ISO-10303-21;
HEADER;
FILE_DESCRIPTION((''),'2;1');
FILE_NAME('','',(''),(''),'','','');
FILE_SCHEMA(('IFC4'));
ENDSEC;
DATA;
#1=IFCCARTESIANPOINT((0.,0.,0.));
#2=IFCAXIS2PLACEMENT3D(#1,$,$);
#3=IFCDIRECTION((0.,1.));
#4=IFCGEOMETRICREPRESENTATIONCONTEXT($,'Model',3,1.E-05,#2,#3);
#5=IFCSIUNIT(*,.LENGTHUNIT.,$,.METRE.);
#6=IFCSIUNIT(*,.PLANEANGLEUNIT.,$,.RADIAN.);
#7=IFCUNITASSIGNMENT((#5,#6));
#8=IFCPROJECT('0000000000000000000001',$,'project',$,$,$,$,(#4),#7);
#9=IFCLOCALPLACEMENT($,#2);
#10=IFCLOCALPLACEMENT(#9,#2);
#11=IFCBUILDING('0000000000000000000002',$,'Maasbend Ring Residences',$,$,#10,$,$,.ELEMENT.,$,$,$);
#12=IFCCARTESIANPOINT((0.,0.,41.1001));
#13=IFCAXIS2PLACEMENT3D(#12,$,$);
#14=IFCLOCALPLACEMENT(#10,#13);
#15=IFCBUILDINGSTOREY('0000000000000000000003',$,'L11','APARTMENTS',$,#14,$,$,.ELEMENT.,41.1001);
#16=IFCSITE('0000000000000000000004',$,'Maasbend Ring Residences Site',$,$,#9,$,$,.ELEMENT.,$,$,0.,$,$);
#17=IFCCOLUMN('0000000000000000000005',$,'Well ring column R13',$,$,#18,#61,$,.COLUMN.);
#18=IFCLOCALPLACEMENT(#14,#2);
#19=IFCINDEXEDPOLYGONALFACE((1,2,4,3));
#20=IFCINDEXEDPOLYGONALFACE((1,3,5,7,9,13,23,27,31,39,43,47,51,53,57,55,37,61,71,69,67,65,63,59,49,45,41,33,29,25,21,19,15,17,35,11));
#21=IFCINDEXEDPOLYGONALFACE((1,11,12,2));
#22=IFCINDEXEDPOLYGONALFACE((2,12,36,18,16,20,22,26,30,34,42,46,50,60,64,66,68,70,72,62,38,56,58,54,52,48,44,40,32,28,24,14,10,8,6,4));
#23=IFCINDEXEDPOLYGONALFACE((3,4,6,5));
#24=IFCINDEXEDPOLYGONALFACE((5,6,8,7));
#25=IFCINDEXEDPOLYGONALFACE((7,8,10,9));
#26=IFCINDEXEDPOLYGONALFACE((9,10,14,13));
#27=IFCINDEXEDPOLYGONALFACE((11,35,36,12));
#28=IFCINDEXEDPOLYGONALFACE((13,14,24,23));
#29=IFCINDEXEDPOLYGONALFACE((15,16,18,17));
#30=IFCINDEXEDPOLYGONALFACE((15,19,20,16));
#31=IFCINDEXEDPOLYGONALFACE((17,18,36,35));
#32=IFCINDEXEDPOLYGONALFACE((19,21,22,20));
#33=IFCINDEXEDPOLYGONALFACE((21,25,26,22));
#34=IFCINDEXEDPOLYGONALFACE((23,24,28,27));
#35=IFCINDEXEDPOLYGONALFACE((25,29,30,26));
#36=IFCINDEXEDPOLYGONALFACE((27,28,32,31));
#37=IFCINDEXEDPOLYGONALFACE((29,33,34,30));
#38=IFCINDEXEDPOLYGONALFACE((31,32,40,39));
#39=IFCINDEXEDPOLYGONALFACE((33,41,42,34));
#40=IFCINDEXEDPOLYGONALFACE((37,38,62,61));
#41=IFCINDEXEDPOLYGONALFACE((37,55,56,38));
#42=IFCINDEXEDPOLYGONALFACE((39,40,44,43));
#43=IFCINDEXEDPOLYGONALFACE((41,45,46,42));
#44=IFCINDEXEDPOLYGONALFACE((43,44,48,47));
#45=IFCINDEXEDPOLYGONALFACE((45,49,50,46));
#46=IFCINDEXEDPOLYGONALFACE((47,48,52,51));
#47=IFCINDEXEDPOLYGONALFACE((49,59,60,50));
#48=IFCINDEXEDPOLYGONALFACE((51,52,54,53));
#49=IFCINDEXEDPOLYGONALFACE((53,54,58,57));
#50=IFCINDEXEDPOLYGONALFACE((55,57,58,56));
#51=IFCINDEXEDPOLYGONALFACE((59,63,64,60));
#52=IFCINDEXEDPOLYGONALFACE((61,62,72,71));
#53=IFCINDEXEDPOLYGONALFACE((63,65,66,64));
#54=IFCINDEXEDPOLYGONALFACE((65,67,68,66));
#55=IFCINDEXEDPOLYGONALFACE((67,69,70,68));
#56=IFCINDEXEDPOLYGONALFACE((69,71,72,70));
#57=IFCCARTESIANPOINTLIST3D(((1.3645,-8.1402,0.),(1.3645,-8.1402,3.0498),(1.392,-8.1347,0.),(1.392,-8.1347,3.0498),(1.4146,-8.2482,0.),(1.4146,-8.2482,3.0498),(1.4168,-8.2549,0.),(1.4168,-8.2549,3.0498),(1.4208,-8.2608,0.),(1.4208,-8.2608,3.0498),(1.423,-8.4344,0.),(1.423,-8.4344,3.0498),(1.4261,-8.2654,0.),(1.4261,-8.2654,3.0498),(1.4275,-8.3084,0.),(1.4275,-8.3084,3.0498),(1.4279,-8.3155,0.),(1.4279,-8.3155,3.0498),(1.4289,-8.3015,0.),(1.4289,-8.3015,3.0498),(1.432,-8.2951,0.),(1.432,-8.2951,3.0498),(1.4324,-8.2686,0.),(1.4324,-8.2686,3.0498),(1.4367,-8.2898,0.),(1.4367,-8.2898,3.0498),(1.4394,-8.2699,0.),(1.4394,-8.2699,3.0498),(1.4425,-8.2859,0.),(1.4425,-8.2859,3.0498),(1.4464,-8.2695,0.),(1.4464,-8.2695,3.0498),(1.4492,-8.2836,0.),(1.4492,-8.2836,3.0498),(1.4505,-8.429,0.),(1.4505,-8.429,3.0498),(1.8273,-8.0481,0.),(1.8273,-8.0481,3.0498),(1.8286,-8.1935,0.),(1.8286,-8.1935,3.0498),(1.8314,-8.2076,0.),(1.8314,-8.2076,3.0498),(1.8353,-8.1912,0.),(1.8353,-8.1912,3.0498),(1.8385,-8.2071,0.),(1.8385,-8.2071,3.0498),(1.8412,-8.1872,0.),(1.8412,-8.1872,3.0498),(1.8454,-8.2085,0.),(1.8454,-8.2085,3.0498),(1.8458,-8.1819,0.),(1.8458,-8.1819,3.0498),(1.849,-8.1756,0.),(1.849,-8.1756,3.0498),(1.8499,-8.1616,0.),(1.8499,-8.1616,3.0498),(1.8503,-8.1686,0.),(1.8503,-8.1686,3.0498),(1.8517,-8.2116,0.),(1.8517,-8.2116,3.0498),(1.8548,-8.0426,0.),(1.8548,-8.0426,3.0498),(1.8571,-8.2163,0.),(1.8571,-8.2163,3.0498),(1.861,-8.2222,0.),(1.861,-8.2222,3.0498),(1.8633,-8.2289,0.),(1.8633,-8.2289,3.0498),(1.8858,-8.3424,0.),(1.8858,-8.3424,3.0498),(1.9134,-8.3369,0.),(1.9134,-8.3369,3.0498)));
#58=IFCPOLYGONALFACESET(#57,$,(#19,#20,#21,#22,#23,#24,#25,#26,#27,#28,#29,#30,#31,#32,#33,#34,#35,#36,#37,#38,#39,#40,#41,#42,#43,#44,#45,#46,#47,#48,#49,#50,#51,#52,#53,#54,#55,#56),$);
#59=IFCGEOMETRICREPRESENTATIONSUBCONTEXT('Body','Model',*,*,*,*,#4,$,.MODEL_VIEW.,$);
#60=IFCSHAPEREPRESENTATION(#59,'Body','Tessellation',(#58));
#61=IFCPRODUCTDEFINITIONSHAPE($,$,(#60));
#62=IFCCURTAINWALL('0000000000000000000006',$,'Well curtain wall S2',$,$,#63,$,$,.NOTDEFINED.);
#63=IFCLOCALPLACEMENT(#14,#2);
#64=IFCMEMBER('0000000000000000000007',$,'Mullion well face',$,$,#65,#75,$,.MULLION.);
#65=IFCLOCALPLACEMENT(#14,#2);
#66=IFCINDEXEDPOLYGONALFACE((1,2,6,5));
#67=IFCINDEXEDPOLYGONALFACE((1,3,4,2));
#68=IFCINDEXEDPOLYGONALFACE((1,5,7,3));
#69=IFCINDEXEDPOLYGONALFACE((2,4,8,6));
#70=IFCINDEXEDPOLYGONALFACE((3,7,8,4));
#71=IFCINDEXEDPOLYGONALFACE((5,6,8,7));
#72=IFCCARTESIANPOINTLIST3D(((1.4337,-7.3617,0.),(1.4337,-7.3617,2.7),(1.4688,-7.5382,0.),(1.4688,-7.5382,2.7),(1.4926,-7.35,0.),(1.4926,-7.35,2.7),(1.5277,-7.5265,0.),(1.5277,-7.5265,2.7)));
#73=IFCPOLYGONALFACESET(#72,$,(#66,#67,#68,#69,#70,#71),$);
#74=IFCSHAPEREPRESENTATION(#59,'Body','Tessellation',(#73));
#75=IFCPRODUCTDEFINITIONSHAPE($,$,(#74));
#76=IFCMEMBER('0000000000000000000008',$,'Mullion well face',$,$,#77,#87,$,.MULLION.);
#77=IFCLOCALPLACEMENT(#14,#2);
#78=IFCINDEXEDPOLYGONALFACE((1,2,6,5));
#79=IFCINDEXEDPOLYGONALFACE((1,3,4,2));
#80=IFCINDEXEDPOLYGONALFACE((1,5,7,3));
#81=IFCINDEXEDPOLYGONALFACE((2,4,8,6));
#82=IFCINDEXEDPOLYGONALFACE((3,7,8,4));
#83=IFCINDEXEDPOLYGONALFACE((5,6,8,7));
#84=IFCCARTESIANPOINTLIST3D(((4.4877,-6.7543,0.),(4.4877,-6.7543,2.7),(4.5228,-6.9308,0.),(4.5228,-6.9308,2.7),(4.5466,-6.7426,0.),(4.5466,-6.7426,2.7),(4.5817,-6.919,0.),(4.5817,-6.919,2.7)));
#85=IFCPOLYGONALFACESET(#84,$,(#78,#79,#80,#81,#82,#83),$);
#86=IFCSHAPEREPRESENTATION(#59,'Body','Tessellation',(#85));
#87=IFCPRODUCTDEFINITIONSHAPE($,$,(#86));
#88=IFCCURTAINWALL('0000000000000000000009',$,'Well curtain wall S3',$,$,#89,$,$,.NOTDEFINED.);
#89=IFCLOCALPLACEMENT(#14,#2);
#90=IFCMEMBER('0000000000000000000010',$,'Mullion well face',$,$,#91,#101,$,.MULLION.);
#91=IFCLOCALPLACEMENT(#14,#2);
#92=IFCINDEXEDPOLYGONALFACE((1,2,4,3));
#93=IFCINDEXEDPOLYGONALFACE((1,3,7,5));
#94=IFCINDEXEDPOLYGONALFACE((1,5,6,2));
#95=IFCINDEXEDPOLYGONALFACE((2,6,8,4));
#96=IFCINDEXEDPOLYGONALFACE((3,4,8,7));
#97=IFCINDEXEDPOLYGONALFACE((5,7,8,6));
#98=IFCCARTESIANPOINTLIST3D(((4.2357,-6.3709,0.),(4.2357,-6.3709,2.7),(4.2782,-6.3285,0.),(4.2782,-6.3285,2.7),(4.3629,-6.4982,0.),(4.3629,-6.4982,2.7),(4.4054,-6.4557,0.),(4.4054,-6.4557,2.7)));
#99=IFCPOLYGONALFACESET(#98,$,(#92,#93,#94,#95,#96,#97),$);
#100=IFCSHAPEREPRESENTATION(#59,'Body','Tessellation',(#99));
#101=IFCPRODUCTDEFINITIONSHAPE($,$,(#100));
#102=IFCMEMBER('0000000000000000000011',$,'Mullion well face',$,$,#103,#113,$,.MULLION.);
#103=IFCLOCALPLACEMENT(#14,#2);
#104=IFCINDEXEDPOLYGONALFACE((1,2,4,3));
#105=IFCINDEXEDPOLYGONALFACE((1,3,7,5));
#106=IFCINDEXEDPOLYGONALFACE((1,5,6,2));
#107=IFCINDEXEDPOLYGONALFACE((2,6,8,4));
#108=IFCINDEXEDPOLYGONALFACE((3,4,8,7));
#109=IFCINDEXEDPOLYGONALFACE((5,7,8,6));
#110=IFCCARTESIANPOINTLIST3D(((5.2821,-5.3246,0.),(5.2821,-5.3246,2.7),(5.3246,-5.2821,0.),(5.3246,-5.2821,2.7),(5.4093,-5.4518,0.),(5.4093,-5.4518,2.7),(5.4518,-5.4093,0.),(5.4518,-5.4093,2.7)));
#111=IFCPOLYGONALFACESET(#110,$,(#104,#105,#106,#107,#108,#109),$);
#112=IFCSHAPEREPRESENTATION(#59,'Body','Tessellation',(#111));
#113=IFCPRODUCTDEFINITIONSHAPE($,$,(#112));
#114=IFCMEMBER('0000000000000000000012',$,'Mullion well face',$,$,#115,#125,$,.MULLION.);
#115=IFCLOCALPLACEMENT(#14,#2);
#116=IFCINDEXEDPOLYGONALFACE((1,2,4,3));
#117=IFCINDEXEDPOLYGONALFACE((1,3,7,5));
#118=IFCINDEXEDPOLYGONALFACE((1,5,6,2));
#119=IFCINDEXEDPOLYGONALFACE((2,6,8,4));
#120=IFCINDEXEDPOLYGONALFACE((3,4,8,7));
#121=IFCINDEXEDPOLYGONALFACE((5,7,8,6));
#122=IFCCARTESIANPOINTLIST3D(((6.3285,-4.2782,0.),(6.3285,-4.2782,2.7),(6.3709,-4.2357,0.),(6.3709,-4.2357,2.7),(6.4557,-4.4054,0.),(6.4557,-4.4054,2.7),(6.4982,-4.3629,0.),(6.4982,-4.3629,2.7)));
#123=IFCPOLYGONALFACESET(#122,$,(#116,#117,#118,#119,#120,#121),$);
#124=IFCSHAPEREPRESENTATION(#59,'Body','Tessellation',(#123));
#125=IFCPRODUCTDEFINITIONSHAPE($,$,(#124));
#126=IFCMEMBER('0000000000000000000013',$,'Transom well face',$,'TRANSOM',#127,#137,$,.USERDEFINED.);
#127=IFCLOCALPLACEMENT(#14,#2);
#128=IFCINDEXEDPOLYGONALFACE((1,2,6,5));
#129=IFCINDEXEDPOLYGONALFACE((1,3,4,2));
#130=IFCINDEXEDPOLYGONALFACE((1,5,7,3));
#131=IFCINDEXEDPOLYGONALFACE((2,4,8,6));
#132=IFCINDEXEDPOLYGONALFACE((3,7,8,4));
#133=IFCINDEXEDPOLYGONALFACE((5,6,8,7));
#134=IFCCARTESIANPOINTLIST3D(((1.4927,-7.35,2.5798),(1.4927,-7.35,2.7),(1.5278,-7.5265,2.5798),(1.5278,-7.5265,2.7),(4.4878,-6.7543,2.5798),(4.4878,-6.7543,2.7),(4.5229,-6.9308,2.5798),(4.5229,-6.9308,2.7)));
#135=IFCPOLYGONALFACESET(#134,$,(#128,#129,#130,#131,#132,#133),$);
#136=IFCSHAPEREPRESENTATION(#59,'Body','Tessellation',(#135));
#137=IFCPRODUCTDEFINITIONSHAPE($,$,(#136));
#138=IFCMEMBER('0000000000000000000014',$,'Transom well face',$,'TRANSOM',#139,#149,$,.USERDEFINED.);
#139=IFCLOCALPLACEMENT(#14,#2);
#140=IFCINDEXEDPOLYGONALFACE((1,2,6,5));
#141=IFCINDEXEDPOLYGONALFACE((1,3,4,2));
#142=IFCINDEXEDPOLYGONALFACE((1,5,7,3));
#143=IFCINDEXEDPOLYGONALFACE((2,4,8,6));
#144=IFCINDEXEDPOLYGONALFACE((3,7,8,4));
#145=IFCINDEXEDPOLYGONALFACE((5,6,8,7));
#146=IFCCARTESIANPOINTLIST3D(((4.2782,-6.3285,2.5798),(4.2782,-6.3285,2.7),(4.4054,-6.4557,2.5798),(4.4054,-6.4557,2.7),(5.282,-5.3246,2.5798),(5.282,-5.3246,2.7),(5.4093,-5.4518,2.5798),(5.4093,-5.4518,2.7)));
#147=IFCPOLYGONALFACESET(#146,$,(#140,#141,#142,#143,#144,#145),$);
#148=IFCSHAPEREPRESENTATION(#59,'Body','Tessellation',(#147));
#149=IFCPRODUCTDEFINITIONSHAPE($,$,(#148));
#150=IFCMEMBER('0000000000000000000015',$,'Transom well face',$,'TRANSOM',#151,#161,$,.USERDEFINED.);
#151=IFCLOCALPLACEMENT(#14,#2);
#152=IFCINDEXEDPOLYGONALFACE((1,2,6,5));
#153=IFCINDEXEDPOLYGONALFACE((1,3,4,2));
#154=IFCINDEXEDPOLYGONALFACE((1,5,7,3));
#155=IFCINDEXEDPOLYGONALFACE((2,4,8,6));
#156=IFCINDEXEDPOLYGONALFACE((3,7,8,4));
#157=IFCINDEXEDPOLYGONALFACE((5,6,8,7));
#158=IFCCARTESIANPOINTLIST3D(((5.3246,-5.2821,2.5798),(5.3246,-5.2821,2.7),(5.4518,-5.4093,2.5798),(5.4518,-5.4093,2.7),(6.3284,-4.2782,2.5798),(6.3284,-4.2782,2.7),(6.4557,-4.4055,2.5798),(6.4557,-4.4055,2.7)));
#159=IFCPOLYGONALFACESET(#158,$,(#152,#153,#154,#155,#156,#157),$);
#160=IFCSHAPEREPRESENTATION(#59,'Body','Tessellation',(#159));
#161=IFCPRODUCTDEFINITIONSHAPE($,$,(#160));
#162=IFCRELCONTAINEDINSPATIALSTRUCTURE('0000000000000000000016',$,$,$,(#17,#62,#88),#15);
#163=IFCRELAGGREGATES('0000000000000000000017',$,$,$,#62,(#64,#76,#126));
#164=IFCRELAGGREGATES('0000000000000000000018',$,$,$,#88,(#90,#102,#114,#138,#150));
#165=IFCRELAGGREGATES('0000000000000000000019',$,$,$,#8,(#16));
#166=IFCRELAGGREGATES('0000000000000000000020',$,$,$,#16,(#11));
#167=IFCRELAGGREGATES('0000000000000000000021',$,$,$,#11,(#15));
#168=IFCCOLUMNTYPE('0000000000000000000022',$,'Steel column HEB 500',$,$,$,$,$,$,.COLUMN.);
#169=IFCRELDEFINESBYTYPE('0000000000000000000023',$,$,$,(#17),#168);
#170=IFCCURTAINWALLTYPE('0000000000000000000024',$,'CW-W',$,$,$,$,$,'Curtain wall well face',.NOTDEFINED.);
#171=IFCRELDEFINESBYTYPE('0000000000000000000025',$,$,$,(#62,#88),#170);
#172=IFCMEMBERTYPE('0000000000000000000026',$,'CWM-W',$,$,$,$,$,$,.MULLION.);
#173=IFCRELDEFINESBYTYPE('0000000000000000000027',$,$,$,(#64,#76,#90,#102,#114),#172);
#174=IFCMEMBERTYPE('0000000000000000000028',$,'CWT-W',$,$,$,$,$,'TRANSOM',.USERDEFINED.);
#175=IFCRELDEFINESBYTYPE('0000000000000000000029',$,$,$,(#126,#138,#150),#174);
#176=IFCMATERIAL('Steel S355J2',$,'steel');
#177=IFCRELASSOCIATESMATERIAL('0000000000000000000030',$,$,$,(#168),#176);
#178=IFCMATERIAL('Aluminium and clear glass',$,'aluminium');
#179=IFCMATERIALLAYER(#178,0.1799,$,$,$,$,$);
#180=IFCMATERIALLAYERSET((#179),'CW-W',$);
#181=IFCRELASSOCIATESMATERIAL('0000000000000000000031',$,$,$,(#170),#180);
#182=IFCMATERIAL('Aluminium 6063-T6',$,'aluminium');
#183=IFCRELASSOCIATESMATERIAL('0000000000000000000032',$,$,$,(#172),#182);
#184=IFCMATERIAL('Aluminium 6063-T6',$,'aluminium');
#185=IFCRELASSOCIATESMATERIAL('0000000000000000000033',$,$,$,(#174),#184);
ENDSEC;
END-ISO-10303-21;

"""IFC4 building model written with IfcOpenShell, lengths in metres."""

from ifc_helpers import new_model, si_unit, direction, frame, origin, origin_2d, place, context, subcontext, project, spatial, rectangle, i_section, extrude, material, layer, layer_set, material_profile, profile_set, type_object, element, aggregate, save


model = new_model("IFC4")

# Units and contexts
model_context = context("Model", 3, precision=1e-05, world=origin(), true_north=direction((0.0, 1.0)))
body_context = subcontext(model_context, "Body", "Model", "MODEL_VIEW")
ifc_project = project(units=[si_unit("LENGTHUNIT", "METRE"), si_unit("PLANEANGLEUNIT", "RADIAN")], contexts=[model_context])

# Site, building, storey
site_placement = place(None, origin())
site = spatial("IfcSite", under=ifc_project, at=site_placement, Name="Maasbend Ring Residences Site", CompositionType="ELEMENT", RefElevation=0.0)
building_placement = place(site_placement, origin())
building = spatial("IfcBuilding", under=site, at=building_placement, Name="Maasbend Ring Residences", CompositionType="ELEMENT")
storey_placement = place(building_placement, frame((0.0, 0.0, 41.1001)))
storey = spatial("IfcBuildingStorey", under=building, at=storey_placement, Name="L11", Description="APARTMENTS", CompositionType="ELEMENT", Elevation=41.1001)

# Column
ifc_material_1 = material(Name="Steel S355J2", Category="steel")
ifc_material_profile_1 = material_profile(ifc_material_1, i_section(OverallWidth=0.3, OverallDepth=0.5, WebThickness=0.0144, FlangeThickness=0.0281, FilletRadius=0.0271, at=origin_2d()), Name="HEB 500")
ifc_profile_set_1 = profile_set([ifc_material_profile_1], Name="Steel S355J2")
column_type = type_object("IfcColumnType", Name="Steel column HEB 500", PredefinedType="COLUMN", material=ifc_profile_set_1)
column_placement = place(storey_placement, frame((1.6389, -8.2385, 0.0), z_axis=(0.0, 0.0, 1.0), x_axis=(0.19509, -0.980785, 0.0)))
element("IfcColumn", 1, at=column_placement, inside=storey, type_object=column_type, Name="Well ring column R13", PredefinedType="COLUMN", context=body_context, shape_type="SweptSolid", body=[
    extrude(i_section(OverallWidth=0.3, OverallDepth=0.5, WebThickness=0.0144, FlangeThickness=0.0281, FilletRadius=0.0271, at=origin_2d()), origin(), (0.0, 0.0, 1.0), 3.0498),
])

# Curtain walls, members
ifc_material_2 = material(Name="Aluminium and clear glass", Category="aluminium")
ifc_layer_1 = layer(ifc_material_2, 0.1799)
ifc_layer_set_1 = layer_set([ifc_layer_1], Name="CW-W")
curtain_wall_type = type_object("IfcCurtainWallType", Name="CW-W", ElementType="Curtain wall well face", PredefinedType="NOTDEFINED", material=ifc_layer_set_1)
curtain_wall_1_placement = place(storey_placement, origin())
curtain_wall_1 = element("IfcCurtainWall", 2, at=curtain_wall_1_placement, inside=storey, type_object=curtain_wall_type, Name="Well curtain wall S2", PredefinedType="NOTDEFINED")
ifc_material_3 = material(Name="Aluminium 6063-T6", Category="aluminium")
ifc_material_profile_2 = material_profile(ifc_material_3, rectangle(XDim=0.1799, YDim=0.0601, at=origin_2d()), Name="AL 180x60")
ifc_profile_set_2 = profile_set([ifc_material_profile_2], Name="Aluminium 6063-T6")
member_type_1 = type_object("IfcMemberType", Name="CWM-W", PredefinedType="MULLION", material=ifc_profile_set_2)
member_1_placement = place(storey_placement, frame((1.4807, -7.4441, 0.0), z_axis=(0.0, 0.0, 1.0), x_axis=(-0.19509, 0.980785, 0.0)))
member_1 = element("IfcMember", 3, at=member_1_placement, type_object=member_type_1, Name="Mullion well face", PredefinedType="MULLION", context=body_context, shape_type="SweptSolid", body=[
    extrude(rectangle(XDim=0.1799, YDim=0.0601, at=origin_2d()), origin(), (0.0, 0.0, 1.0), 2.7),
])
member_2_placement = place(storey_placement, frame((4.5347, -6.8367, 0.0), z_axis=(0.0, 0.0, 1.0), x_axis=(-0.19509, 0.980785, 0.0)))
member_2 = element("IfcMember", 4, at=member_2_placement, type_object=member_type_1, Name="Mullion well face", PredefinedType="MULLION", context=body_context, shape_type="SweptSolid", body=[
    extrude(rectangle(XDim=0.1799, YDim=0.0601, at=origin_2d()), origin(), (0.0, 0.0, 1.0), 2.7),
])
curtain_wall_2_placement = place(storey_placement, origin())
curtain_wall_2 = element("IfcCurtainWall", 5, at=curtain_wall_2_placement, inside=storey, type_object=curtain_wall_type, Name="Well curtain wall S3", PredefinedType="NOTDEFINED")
member_3_placement = place(storey_placement, frame((4.3206, -6.4133, 0.0), z_axis=(0.0, 0.0, 1.0), x_axis=(-0.707107, 0.707107, 0.0)))
member_3 = element("IfcMember", 6, at=member_3_placement, type_object=member_type_1, Name="Mullion well face", PredefinedType="MULLION", context=body_context, shape_type="SweptSolid", body=[
    extrude(rectangle(XDim=0.1799, YDim=0.0601, at=origin_2d()), origin(), (0.0, 0.0, 1.0), 2.7),
])
member_4_placement = place(storey_placement, frame((5.3669, -5.3669, 0.0), z_axis=(0.0, 0.0, 1.0), x_axis=(-0.707107, 0.707107, 0.0)))
member_4 = element("IfcMember", 7, at=member_4_placement, type_object=member_type_1, Name="Mullion well face", PredefinedType="MULLION", context=body_context, shape_type="SweptSolid", body=[
    extrude(rectangle(XDim=0.1799, YDim=0.0601, at=origin_2d()), origin(), (0.0, 0.0, 1.0), 2.7),
])
member_5_placement = place(storey_placement, frame((6.4133, -4.3206, 0.0), z_axis=(0.0, 0.0, 1.0), x_axis=(-0.707107, 0.707107, 0.0)))
member_5 = element("IfcMember", 8, at=member_5_placement, type_object=member_type_1, Name="Mullion well face", PredefinedType="MULLION", context=body_context, shape_type="SweptSolid", body=[
    extrude(rectangle(XDim=0.1799, YDim=0.0601, at=origin_2d()), origin(), (0.0, 0.0, 1.0), 2.7),
])

# Members
ifc_material_4 = material(Name="Aluminium 6063-T6", Category="aluminium")
ifc_material_profile_3 = material_profile(ifc_material_4, rectangle(XDim=0.1799, YDim=0.1201, at=origin_2d()), Name="AL 180x120")
ifc_profile_set_3 = profile_set([ifc_material_profile_3], Name="Aluminium 6063-T6")
member_type_2 = type_object("IfcMemberType", Name="CWT-W", ElementType="TRANSOM", PredefinedType="USERDEFINED", material=ifc_profile_set_3)
member_6_placement = place(storey_placement, frame((1.5103, -7.4382, 2.6399), z_axis=(0.980789, 0.195071, 0.0), x_axis=(-0.195071, 0.980789, 0.0)))
member_6 = element("IfcMember", 9, at=member_6_placement, type_object=member_type_2, Name="Transom well face", ObjectType="TRANSOM", PredefinedType="USERDEFINED", context=body_context, shape_type="SweptSolid", body=[
    extrude(rectangle(XDim=0.1799, YDim=0.1201, at=origin_2d()), origin(), (0.0, 0.0, 1.0), 3.0537),
])
member_7_placement = place(storey_placement, frame((4.3418, -6.3921, 2.6399), z_axis=(0.707107, 0.707107, 0.0), x_axis=(-0.707107, 0.707107, 0.0)))
member_7 = element("IfcMember", 10, at=member_7_placement, type_object=member_type_2, Name="Transom well face", ObjectType="TRANSOM", PredefinedType="USERDEFINED", context=body_context, shape_type="SweptSolid", body=[
    extrude(rectangle(XDim=0.1799, YDim=0.1201, at=origin_2d()), origin(), (0.0, 0.0, 1.0), 1.4197),
])
member_8_placement = place(storey_placement, frame((5.3882, -5.3457, 2.6399), z_axis=(0.707107, 0.707107, 0.0), x_axis=(-0.707107, 0.707107, 0.0)))
member_8 = element("IfcMember", 11, at=member_8_placement, type_object=member_type_2, Name="Transom well face", ObjectType="TRANSOM", PredefinedType="USERDEFINED", context=body_context, shape_type="SweptSolid", body=[
    extrude(rectangle(XDim=0.1799, YDim=0.1201, at=origin_2d()), origin(), (0.0, 0.0, 1.0), 1.4197),
])

aggregate(curtain_wall_1, [member_1, member_2, member_6])
aggregate(curtain_wall_2, [member_3, member_4, member_5, member_7, member_8])

save(model, "model.ifc")
